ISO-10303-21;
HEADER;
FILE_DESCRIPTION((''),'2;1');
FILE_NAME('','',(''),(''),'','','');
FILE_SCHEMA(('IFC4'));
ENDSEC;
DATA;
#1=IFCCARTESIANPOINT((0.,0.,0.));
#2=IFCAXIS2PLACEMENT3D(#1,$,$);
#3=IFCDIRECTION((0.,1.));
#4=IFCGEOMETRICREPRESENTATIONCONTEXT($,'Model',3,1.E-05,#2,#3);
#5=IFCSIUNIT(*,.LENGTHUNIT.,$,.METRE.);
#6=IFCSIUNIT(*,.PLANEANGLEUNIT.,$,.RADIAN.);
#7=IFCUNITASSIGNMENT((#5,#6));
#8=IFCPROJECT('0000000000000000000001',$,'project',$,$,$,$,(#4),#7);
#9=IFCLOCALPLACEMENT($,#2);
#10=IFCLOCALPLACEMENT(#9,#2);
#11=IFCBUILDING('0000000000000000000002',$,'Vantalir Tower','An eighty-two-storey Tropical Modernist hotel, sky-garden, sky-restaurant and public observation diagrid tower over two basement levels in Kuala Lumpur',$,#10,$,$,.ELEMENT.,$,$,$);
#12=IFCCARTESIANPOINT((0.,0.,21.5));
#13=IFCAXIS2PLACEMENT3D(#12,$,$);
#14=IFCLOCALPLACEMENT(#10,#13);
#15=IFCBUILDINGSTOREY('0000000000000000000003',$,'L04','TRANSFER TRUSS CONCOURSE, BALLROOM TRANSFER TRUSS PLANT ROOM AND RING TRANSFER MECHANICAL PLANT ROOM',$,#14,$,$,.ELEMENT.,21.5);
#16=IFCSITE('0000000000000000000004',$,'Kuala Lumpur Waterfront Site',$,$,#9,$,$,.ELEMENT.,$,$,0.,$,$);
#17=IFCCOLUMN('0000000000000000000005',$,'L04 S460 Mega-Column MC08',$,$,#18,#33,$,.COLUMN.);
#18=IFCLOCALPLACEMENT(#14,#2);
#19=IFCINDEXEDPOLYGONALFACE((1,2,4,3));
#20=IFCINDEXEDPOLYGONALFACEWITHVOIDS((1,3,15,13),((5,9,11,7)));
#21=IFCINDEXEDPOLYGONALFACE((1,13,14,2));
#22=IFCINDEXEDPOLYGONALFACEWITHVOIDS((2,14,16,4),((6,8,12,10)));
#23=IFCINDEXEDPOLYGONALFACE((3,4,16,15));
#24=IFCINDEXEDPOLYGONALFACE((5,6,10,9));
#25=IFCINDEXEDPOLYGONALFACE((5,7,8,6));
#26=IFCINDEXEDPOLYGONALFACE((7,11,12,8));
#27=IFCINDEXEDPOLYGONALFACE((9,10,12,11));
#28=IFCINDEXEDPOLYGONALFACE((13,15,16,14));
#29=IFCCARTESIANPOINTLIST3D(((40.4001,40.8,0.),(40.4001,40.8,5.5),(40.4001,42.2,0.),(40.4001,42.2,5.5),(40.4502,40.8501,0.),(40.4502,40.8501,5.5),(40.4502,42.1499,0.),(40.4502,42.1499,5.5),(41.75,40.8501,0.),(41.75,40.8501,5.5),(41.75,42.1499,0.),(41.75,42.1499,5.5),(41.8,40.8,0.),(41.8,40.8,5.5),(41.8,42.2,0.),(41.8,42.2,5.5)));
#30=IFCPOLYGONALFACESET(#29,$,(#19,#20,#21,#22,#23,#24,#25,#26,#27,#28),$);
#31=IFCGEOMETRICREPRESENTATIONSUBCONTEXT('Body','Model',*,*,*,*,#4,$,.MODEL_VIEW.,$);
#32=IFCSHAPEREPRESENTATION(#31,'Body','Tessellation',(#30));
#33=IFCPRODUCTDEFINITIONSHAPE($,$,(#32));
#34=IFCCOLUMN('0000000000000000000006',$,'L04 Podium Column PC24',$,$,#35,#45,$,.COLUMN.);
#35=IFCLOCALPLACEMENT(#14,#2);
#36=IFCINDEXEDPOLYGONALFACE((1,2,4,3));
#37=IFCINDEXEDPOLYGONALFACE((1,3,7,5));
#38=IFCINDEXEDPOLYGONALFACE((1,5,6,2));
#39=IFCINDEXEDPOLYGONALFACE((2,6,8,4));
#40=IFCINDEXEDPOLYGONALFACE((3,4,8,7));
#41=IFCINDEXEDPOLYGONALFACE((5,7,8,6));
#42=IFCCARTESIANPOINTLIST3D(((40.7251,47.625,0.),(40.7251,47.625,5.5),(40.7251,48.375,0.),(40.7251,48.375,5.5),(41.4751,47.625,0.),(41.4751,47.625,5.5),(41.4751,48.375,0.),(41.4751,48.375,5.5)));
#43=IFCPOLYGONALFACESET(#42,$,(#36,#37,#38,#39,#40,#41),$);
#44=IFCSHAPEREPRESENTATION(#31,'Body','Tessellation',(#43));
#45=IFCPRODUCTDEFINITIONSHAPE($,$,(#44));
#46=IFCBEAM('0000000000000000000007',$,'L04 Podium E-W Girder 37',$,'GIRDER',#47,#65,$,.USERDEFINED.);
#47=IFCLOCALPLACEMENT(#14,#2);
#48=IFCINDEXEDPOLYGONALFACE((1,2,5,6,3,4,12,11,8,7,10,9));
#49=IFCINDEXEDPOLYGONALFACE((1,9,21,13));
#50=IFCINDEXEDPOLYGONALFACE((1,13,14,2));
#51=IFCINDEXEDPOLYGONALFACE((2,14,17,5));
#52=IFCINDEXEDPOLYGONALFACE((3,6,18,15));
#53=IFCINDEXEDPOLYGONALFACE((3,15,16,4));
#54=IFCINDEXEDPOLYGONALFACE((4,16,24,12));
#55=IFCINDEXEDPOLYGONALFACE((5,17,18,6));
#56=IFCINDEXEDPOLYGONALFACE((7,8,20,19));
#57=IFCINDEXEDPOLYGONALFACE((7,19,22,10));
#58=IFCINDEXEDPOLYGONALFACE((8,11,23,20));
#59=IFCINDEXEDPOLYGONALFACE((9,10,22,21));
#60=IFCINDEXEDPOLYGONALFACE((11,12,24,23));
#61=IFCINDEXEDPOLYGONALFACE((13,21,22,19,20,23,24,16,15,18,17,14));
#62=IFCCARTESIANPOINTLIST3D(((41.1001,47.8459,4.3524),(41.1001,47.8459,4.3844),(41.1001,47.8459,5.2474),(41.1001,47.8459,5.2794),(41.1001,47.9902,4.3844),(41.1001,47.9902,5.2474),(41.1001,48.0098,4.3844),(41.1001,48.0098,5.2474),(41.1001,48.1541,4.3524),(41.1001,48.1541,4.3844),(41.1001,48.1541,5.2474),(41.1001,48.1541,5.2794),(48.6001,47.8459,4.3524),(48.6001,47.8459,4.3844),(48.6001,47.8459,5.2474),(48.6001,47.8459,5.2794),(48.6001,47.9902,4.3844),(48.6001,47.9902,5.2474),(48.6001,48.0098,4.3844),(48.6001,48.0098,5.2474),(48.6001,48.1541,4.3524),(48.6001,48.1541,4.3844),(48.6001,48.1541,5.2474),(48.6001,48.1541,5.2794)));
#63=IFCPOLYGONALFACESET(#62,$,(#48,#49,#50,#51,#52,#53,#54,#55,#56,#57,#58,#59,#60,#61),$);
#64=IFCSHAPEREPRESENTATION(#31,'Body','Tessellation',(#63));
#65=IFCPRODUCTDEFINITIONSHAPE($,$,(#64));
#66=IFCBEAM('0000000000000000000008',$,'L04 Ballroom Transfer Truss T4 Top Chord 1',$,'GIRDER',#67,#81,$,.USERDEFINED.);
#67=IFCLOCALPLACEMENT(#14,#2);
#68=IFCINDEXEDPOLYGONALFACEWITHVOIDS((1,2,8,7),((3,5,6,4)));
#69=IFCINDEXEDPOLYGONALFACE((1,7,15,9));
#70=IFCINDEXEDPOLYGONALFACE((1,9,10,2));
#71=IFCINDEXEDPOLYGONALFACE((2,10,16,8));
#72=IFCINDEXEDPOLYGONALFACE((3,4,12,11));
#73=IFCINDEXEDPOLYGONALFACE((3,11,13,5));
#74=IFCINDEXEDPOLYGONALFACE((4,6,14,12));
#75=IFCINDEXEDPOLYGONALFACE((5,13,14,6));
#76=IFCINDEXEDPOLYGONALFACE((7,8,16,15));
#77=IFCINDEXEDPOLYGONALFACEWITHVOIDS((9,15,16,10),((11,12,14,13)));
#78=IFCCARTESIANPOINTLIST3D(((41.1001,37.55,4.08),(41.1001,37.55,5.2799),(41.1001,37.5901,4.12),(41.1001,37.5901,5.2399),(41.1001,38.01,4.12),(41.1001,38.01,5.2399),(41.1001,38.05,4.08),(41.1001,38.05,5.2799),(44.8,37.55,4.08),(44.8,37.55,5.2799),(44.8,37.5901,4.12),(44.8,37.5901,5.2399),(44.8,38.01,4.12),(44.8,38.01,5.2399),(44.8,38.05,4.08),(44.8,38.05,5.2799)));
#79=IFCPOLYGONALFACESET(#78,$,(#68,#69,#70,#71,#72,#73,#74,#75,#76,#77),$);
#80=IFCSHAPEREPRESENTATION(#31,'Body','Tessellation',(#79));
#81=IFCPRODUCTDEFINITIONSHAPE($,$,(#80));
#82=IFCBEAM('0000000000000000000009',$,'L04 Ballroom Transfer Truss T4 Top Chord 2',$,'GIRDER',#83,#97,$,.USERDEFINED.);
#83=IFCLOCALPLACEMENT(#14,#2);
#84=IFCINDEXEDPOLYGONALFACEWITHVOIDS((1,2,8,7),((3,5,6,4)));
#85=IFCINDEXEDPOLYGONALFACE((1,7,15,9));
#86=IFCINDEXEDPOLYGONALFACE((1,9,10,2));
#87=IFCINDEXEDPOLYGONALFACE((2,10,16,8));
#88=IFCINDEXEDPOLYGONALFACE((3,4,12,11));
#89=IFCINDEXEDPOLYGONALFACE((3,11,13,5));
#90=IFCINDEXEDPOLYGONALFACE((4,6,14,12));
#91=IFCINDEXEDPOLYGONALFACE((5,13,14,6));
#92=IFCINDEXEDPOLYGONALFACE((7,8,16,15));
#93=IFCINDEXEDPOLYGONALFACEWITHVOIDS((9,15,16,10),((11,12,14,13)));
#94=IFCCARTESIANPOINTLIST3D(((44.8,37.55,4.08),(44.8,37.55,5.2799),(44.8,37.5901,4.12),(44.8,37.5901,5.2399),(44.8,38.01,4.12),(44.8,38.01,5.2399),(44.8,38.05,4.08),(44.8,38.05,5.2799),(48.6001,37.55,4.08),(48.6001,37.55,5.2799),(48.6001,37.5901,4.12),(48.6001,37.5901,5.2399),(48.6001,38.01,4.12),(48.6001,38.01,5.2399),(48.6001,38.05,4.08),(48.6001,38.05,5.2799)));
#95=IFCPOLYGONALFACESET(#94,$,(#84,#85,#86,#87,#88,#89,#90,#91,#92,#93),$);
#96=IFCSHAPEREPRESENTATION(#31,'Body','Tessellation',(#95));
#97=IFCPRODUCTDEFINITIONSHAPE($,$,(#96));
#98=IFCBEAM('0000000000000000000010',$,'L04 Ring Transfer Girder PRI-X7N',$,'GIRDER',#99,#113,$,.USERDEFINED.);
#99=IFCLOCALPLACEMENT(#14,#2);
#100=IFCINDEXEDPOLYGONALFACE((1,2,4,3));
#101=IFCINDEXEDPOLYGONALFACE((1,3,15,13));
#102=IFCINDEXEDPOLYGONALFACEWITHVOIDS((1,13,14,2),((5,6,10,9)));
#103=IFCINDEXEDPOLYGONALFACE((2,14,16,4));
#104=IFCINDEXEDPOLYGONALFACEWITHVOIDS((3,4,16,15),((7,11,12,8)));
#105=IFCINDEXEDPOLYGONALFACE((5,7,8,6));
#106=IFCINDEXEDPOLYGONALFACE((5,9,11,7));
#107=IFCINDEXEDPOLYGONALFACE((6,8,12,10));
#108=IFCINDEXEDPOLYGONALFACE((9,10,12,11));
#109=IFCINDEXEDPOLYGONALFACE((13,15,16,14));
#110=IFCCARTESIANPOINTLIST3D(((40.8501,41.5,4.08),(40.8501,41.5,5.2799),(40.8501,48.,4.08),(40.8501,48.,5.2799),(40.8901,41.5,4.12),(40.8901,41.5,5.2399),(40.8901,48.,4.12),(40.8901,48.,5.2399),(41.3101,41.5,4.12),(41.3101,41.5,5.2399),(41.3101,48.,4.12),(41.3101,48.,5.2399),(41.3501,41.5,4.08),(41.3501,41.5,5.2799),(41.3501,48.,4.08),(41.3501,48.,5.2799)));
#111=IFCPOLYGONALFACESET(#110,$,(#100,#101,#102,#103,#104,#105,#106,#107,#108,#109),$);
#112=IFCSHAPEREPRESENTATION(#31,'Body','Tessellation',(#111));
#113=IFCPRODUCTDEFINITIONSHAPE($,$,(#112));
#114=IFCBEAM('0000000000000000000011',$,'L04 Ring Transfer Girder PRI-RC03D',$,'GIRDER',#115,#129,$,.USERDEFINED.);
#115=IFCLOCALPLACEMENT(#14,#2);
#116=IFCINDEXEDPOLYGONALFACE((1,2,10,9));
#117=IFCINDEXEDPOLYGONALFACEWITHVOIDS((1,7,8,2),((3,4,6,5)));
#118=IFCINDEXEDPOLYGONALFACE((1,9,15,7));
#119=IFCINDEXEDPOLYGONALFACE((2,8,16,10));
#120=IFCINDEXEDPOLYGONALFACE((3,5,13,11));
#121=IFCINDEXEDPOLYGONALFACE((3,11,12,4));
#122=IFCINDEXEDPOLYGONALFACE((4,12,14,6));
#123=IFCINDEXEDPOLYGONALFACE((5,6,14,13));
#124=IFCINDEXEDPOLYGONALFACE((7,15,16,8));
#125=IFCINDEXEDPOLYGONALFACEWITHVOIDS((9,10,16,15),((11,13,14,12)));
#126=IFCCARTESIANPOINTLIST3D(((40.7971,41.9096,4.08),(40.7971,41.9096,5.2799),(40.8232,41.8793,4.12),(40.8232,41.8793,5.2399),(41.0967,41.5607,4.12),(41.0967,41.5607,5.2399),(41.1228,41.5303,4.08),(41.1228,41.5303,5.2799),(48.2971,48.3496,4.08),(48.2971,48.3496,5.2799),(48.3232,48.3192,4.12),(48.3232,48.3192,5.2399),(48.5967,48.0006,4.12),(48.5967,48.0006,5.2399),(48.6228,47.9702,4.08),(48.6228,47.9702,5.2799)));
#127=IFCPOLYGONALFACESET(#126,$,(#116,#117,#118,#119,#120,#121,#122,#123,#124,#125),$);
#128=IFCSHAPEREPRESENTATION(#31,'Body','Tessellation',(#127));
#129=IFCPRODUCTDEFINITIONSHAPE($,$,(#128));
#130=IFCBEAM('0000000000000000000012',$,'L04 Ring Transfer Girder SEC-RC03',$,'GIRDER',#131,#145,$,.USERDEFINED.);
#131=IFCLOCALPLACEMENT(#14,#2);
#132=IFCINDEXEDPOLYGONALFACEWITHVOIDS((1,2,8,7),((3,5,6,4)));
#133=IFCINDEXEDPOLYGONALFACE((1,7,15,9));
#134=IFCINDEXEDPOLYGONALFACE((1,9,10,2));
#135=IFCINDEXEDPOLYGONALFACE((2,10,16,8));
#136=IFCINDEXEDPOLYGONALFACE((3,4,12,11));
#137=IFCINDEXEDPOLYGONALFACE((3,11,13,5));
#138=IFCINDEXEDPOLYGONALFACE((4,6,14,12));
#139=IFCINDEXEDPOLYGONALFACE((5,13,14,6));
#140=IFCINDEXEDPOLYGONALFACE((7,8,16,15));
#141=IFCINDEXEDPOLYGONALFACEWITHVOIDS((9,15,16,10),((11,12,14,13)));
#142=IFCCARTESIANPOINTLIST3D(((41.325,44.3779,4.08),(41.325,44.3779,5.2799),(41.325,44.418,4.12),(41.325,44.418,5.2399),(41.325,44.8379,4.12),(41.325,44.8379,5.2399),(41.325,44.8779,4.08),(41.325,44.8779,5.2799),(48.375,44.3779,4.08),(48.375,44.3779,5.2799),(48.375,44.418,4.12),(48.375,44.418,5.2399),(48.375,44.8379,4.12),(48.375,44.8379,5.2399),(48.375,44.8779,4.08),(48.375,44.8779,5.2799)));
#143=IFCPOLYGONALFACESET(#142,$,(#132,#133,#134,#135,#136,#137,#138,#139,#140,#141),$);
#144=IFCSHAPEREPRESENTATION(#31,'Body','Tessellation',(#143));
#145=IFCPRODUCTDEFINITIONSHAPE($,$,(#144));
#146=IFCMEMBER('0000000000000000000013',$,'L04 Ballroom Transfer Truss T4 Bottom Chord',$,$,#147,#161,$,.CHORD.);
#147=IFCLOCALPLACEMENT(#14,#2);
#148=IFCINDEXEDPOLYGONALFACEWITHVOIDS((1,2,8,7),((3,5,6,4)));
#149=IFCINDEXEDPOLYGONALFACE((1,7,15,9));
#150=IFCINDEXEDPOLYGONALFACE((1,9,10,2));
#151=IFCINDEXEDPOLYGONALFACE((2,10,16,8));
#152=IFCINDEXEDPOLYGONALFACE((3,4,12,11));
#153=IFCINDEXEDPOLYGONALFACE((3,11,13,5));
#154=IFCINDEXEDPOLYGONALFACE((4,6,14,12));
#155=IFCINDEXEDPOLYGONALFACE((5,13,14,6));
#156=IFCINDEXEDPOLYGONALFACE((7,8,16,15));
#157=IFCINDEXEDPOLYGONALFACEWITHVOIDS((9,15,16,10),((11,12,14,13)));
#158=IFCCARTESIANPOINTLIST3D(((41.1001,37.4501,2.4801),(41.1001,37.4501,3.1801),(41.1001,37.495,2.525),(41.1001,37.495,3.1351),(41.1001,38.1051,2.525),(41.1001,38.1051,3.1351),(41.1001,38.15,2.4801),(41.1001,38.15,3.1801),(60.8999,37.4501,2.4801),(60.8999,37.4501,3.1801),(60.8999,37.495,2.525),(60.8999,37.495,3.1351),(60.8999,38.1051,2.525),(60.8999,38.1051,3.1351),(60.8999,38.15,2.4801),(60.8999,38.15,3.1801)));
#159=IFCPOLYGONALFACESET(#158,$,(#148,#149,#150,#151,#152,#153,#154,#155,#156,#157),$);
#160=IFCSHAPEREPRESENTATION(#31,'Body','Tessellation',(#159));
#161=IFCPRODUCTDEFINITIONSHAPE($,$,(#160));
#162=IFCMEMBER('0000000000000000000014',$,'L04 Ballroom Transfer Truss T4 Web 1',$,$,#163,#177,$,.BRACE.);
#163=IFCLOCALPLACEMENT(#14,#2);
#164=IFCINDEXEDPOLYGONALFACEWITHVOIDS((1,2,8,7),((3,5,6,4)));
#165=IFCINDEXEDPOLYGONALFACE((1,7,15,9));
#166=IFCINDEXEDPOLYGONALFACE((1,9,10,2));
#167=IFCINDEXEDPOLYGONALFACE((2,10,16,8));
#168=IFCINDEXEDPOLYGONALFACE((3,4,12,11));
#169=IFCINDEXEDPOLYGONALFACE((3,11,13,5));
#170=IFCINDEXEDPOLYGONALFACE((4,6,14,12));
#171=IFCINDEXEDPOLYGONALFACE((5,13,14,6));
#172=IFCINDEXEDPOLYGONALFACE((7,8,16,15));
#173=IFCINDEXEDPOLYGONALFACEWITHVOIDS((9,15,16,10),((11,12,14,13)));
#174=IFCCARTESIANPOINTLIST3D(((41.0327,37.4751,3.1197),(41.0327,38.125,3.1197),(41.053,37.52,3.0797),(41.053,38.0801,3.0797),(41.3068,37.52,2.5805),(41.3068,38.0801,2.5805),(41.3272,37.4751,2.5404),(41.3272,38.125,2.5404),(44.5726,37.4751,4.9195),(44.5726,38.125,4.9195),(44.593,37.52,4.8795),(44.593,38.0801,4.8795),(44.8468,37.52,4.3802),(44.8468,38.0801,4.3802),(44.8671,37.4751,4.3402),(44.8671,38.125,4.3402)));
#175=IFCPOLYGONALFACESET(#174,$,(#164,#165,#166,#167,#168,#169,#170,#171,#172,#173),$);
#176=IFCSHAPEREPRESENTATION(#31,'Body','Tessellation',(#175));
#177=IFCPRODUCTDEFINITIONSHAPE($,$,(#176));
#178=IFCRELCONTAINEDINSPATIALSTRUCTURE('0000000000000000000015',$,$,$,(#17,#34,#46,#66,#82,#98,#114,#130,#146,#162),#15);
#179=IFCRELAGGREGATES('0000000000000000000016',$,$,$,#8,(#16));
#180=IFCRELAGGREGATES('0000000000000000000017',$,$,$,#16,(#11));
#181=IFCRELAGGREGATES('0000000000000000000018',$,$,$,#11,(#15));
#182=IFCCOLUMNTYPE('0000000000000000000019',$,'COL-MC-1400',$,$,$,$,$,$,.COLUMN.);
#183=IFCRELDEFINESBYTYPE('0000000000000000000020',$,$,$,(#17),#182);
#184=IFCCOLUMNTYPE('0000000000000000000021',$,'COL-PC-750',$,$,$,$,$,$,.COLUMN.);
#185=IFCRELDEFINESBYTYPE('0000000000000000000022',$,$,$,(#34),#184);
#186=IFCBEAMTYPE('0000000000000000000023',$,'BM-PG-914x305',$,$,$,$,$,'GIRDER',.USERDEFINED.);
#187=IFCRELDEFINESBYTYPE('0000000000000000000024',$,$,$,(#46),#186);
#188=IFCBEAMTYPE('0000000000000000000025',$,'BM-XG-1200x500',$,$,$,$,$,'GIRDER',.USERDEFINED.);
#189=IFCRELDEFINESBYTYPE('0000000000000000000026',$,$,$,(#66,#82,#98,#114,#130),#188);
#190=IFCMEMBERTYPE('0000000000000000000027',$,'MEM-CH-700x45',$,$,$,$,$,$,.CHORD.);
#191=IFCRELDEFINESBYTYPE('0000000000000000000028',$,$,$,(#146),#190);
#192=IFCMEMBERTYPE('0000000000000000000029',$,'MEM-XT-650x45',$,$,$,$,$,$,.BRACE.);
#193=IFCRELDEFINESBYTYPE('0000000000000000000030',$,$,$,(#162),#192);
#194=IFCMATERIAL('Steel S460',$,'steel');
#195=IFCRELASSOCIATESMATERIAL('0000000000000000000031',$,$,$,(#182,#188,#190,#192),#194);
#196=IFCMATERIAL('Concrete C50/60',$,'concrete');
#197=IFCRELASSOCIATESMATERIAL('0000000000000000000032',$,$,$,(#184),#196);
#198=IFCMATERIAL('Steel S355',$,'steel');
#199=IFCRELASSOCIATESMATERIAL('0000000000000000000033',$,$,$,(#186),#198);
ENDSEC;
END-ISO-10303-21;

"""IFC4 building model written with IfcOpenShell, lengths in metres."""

from ifc_helpers import new_model, si_unit, direction, frame, origin, origin_2d, place, context, subcontext, project, spatial, rectangle, hollow_rectangle, i_section, extrude, material, material_profile, profile_set, type_object, element, save


model = new_model("IFC4")

# Units and contexts
model_context = context("Model", 3, precision=1e-05, world=origin(), true_north=direction((0.0, 1.0)))
body_context = subcontext(model_context, "Body", "Model", "MODEL_VIEW")
ifc_project = project(units=[si_unit("LENGTHUNIT", "METRE"), si_unit("PLANEANGLEUNIT", "RADIAN")], contexts=[model_context])

# Site, building, storey
site_placement = place(None, origin())
site = spatial("IfcSite", under=ifc_project, at=site_placement, Name="Kuala Lumpur Waterfront Site", CompositionType="ELEMENT", RefElevation=0.0)
building_placement = place(site_placement, origin())
building = spatial("IfcBuilding", under=site, at=building_placement, Name="Vantalir Tower", Description="An eighty-two-storey Tropical Modernist hotel, sky-garden, sky-restaurant and public observation diagrid tower over two basement levels in Kuala Lumpur", CompositionType="ELEMENT")
storey_placement = place(building_placement, frame((0.0, 0.0, 21.5)))
storey = spatial("IfcBuildingStorey", under=building, at=storey_placement, Name="L04", Description="TRANSFER TRUSS CONCOURSE, BALLROOM TRANSFER TRUSS PLANT ROOM AND RING TRANSFER MECHANICAL PLANT ROOM", CompositionType="ELEMENT", Elevation=21.5)

# Columns
ifc_material_1 = material(Name="Steel S460", Category="steel")
ifc_material_profile_1 = material_profile(ifc_material_1, hollow_rectangle(XDim=1.3999, YDim=1.3999, WallThickness=0.05, at=origin_2d()), Name="Steel S460")
ifc_profile_set_1 = profile_set([ifc_material_profile_1], Name="Steel S460")
column_type_1 = type_object("IfcColumnType", Name="COL-MC-1400", PredefinedType="COLUMN", material=ifc_profile_set_1)
column_1_placement = place(storey_placement, frame((41.1001, 41.5, 0.0), z_axis=(0.0, 0.0, 1.0), x_axis=(1.0, 0.0, 0.0)))
element("IfcColumn", 1, at=column_1_placement, inside=storey, type_object=column_type_1, Name="L04 S460 Mega-Column MC08", PredefinedType="COLUMN", context=body_context, shape_type="SweptSolid", body=[
    extrude(hollow_rectangle(XDim=1.3999, YDim=1.3999, WallThickness=0.05, at=origin_2d()), origin(), (0.0, 0.0, 1.0), 5.5),
])
ifc_material_2 = material(Name="Concrete C50/60", Category="concrete")
ifc_material_profile_2 = material_profile(ifc_material_2, rectangle(XDim=0.75, YDim=0.75, at=origin_2d()), Name="Concrete C50/60")
ifc_profile_set_2 = profile_set([ifc_material_profile_2], Name="Concrete C50/60")
column_type_2 = type_object("IfcColumnType", Name="COL-PC-750", PredefinedType="COLUMN", material=ifc_profile_set_2)
column_2_placement = place(storey_placement, frame((41.1001, 48.0, 0.0), z_axis=(0.0, 0.0, 1.0), x_axis=(1.0, 0.0, 0.0)))
element("IfcColumn", 2, at=column_2_placement, inside=storey, type_object=column_type_2, Name="L04 Podium Column PC24", PredefinedType="COLUMN", context=body_context, shape_type="SweptSolid", body=[
    extrude(rectangle(XDim=0.75, YDim=0.75, at=origin_2d()), origin(), (0.0, 0.0, 1.0), 5.5),
])

# Beams
ifc_material_3 = material(Name="Steel S355", Category="steel")
ifc_material_profile_3 = material_profile(ifc_material_3, i_section(OverallWidth=0.3081, OverallDepth=0.927, WebThickness=0.0195, FlangeThickness=0.032, at=origin_2d()), Name="Steel S355")
ifc_profile_set_3 = profile_set([ifc_material_profile_3], Name="Steel S355")
beam_type_1 = type_object("IfcBeamType", Name="BM-PG-914x305", ElementType="GIRDER", PredefinedType="USERDEFINED", material=ifc_profile_set_3)
beam_1_placement = place(storey_placement, frame((41.1001, 48.0, 4.8159), z_axis=(1.0, 0.0, 0.0), x_axis=(0.0, 1.0, 0.0)))
element("IfcBeam", 3, at=beam_1_placement, inside=storey, type_object=beam_type_1, Name="L04 Podium E-W Girder 37", ObjectType="GIRDER", PredefinedType="USERDEFINED", context=body_context, shape_type="SweptSolid", body=[
    extrude(i_section(OverallWidth=0.3081, OverallDepth=0.927, WebThickness=0.0195, FlangeThickness=0.032, at=origin_2d()), origin(), (0.0, 0.0, 1.0), 7.5),
])
ifc_material_profile_4 = material_profile(ifc_material_1, hollow_rectangle(XDim=0.5, YDim=1.2, WallThickness=0.04, at=origin_2d()), Name="Steel S460")
ifc_profile_set_4 = profile_set([ifc_material_profile_4], Name="Steel S460")
beam_type_2 = type_object("IfcBeamType", Name="BM-XG-1200x500", ElementType="GIRDER", PredefinedType="USERDEFINED", material=ifc_profile_set_4)
beam_2_placement = place(storey_placement, frame((41.1001, 37.8, 4.6799), z_axis=(1.0, 0.0, 0.0), x_axis=(0.0, 1.0, 0.0)))
element("IfcBeam", 4, at=beam_2_placement, inside=storey, type_object=beam_type_2, Name="L04 Ballroom Transfer Truss T4 Top Chord 1", ObjectType="GIRDER", PredefinedType="USERDEFINED", context=body_context, shape_type="SweptSolid", body=[
    extrude(hollow_rectangle(XDim=0.5, YDim=1.2, WallThickness=0.04, at=origin_2d()), origin(), (0.0, 0.0, 1.0), 3.7),
])
beam_3_placement = place(storey_placement, frame((44.8, 37.8, 4.6799), z_axis=(1.0, 0.0, 0.0), x_axis=(0.0, 1.0, 0.0)))
element("IfcBeam", 5, at=beam_3_placement, inside=storey, type_object=beam_type_2, Name="L04 Ballroom Transfer Truss T4 Top Chord 2", ObjectType="GIRDER", PredefinedType="USERDEFINED", context=body_context, shape_type="SweptSolid", body=[
    extrude(hollow_rectangle(XDim=0.5, YDim=1.2, WallThickness=0.04, at=origin_2d()), origin(), (0.0, 0.0, 1.0), 3.8),
])
beam_4_placement = place(storey_placement, frame((41.1001, 41.5, 4.6799), z_axis=(0.0, 1.0, 0.0), x_axis=(-1.0, 0.0, 0.0)))
element("IfcBeam", 6, at=beam_4_placement, inside=storey, type_object=beam_type_2, Name="L04 Ring Transfer Girder PRI-X7N", ObjectType="GIRDER", PredefinedType="USERDEFINED", context=body_context, shape_type="SweptSolid", body=[
    extrude(hollow_rectangle(XDim=0.5, YDim=1.2, WallThickness=0.04, at=origin_2d()), origin(), (0.0, 0.0, 1.0), 6.5),
])
beam_5_placement = place(storey_placement, frame((40.96, 41.72, 4.6799), z_axis=(0.758688, 0.651454, 0.0), x_axis=(-0.651454, 0.758688, 0.0)))
element("IfcBeam", 7, at=beam_5_placement, inside=storey, type_object=beam_type_2, Name="L04 Ring Transfer Girder PRI-RC03D", ObjectType="GIRDER", PredefinedType="USERDEFINED", context=body_context, shape_type="SweptSolid", body=[
    extrude(hollow_rectangle(XDim=0.5, YDim=1.2, WallThickness=0.04, at=origin_2d()), origin(), (0.0, 0.0, 1.0), 9.8855),
])
beam_6_placement = place(storey_placement, frame((41.325, 44.6279, 4.6799), z_axis=(1.0, 0.0, 0.0), x_axis=(0.0, 1.0, 0.0)))
element("IfcBeam", 8, at=beam_6_placement, inside=storey, type_object=beam_type_2, Name="L04 Ring Transfer Girder SEC-RC03", ObjectType="GIRDER", PredefinedType="USERDEFINED", context=body_context, shape_type="SweptSolid", body=[
    extrude(hollow_rectangle(XDim=0.5, YDim=1.2, WallThickness=0.04, at=origin_2d()), origin(), (0.0, 0.0, 1.0), 7.05),
])

# Members
ifc_material_profile_5 = material_profile(ifc_material_1, hollow_rectangle(XDim=0.7, YDim=0.7, WallThickness=0.0449, at=origin_2d()), Name="Steel S460")
ifc_profile_set_5 = profile_set([ifc_material_profile_5], Name="Steel S460")
member_type_1 = type_object("IfcMemberType", Name="MEM-CH-700x45", PredefinedType="CHORD", material=ifc_profile_set_5)
member_1_placement = place(storey_placement, frame((41.1001, 37.8, 2.8301), z_axis=(1.0, 0.0, 0.0), x_axis=(0.0, 1.0, 0.0)))
element("IfcMember", 9, at=member_1_placement, inside=storey, type_object=member_type_1, Name="L04 Ballroom Transfer Truss T4 Bottom Chord", PredefinedType="CHORD", context=body_context, shape_type="SweptSolid", body=[
    extrude(hollow_rectangle(XDim=0.7, YDim=0.7, WallThickness=0.0449, at=origin_2d()), origin(), (0.0, 0.0, 1.0), 19.7998),
])
ifc_material_profile_6 = material_profile(ifc_material_1, hollow_rectangle(XDim=0.6499, YDim=0.6499, WallThickness=0.0449, at=origin_2d()), Name="Steel S460")
ifc_profile_set_6 = profile_set([ifc_material_profile_6], Name="Steel S460")
member_type_2 = type_object("IfcMemberType", Name="MEM-XT-650x45", PredefinedType="BRACE", material=ifc_profile_set_6)
member_2_placement = place(storey_placement, frame((41.1799, 37.8, 2.8301), z_axis=(0.891407, 0.0, 0.453204), x_axis=(0.0, 1.0, 0.0)))
element("IfcMember", 10, at=member_2_placement, inside=storey, type_object=member_type_2, Name="L04 Ballroom Transfer Truss T4 Web 1", PredefinedType="BRACE", context=body_context, shape_type="SweptSolid", body=[
    extrude(hollow_rectangle(XDim=0.6499, YDim=0.6499, WallThickness=0.0449, at=origin_2d()), origin(), (0.0, 0.0, 1.0), 3.9712),
])

save(model, "model.ifc")
